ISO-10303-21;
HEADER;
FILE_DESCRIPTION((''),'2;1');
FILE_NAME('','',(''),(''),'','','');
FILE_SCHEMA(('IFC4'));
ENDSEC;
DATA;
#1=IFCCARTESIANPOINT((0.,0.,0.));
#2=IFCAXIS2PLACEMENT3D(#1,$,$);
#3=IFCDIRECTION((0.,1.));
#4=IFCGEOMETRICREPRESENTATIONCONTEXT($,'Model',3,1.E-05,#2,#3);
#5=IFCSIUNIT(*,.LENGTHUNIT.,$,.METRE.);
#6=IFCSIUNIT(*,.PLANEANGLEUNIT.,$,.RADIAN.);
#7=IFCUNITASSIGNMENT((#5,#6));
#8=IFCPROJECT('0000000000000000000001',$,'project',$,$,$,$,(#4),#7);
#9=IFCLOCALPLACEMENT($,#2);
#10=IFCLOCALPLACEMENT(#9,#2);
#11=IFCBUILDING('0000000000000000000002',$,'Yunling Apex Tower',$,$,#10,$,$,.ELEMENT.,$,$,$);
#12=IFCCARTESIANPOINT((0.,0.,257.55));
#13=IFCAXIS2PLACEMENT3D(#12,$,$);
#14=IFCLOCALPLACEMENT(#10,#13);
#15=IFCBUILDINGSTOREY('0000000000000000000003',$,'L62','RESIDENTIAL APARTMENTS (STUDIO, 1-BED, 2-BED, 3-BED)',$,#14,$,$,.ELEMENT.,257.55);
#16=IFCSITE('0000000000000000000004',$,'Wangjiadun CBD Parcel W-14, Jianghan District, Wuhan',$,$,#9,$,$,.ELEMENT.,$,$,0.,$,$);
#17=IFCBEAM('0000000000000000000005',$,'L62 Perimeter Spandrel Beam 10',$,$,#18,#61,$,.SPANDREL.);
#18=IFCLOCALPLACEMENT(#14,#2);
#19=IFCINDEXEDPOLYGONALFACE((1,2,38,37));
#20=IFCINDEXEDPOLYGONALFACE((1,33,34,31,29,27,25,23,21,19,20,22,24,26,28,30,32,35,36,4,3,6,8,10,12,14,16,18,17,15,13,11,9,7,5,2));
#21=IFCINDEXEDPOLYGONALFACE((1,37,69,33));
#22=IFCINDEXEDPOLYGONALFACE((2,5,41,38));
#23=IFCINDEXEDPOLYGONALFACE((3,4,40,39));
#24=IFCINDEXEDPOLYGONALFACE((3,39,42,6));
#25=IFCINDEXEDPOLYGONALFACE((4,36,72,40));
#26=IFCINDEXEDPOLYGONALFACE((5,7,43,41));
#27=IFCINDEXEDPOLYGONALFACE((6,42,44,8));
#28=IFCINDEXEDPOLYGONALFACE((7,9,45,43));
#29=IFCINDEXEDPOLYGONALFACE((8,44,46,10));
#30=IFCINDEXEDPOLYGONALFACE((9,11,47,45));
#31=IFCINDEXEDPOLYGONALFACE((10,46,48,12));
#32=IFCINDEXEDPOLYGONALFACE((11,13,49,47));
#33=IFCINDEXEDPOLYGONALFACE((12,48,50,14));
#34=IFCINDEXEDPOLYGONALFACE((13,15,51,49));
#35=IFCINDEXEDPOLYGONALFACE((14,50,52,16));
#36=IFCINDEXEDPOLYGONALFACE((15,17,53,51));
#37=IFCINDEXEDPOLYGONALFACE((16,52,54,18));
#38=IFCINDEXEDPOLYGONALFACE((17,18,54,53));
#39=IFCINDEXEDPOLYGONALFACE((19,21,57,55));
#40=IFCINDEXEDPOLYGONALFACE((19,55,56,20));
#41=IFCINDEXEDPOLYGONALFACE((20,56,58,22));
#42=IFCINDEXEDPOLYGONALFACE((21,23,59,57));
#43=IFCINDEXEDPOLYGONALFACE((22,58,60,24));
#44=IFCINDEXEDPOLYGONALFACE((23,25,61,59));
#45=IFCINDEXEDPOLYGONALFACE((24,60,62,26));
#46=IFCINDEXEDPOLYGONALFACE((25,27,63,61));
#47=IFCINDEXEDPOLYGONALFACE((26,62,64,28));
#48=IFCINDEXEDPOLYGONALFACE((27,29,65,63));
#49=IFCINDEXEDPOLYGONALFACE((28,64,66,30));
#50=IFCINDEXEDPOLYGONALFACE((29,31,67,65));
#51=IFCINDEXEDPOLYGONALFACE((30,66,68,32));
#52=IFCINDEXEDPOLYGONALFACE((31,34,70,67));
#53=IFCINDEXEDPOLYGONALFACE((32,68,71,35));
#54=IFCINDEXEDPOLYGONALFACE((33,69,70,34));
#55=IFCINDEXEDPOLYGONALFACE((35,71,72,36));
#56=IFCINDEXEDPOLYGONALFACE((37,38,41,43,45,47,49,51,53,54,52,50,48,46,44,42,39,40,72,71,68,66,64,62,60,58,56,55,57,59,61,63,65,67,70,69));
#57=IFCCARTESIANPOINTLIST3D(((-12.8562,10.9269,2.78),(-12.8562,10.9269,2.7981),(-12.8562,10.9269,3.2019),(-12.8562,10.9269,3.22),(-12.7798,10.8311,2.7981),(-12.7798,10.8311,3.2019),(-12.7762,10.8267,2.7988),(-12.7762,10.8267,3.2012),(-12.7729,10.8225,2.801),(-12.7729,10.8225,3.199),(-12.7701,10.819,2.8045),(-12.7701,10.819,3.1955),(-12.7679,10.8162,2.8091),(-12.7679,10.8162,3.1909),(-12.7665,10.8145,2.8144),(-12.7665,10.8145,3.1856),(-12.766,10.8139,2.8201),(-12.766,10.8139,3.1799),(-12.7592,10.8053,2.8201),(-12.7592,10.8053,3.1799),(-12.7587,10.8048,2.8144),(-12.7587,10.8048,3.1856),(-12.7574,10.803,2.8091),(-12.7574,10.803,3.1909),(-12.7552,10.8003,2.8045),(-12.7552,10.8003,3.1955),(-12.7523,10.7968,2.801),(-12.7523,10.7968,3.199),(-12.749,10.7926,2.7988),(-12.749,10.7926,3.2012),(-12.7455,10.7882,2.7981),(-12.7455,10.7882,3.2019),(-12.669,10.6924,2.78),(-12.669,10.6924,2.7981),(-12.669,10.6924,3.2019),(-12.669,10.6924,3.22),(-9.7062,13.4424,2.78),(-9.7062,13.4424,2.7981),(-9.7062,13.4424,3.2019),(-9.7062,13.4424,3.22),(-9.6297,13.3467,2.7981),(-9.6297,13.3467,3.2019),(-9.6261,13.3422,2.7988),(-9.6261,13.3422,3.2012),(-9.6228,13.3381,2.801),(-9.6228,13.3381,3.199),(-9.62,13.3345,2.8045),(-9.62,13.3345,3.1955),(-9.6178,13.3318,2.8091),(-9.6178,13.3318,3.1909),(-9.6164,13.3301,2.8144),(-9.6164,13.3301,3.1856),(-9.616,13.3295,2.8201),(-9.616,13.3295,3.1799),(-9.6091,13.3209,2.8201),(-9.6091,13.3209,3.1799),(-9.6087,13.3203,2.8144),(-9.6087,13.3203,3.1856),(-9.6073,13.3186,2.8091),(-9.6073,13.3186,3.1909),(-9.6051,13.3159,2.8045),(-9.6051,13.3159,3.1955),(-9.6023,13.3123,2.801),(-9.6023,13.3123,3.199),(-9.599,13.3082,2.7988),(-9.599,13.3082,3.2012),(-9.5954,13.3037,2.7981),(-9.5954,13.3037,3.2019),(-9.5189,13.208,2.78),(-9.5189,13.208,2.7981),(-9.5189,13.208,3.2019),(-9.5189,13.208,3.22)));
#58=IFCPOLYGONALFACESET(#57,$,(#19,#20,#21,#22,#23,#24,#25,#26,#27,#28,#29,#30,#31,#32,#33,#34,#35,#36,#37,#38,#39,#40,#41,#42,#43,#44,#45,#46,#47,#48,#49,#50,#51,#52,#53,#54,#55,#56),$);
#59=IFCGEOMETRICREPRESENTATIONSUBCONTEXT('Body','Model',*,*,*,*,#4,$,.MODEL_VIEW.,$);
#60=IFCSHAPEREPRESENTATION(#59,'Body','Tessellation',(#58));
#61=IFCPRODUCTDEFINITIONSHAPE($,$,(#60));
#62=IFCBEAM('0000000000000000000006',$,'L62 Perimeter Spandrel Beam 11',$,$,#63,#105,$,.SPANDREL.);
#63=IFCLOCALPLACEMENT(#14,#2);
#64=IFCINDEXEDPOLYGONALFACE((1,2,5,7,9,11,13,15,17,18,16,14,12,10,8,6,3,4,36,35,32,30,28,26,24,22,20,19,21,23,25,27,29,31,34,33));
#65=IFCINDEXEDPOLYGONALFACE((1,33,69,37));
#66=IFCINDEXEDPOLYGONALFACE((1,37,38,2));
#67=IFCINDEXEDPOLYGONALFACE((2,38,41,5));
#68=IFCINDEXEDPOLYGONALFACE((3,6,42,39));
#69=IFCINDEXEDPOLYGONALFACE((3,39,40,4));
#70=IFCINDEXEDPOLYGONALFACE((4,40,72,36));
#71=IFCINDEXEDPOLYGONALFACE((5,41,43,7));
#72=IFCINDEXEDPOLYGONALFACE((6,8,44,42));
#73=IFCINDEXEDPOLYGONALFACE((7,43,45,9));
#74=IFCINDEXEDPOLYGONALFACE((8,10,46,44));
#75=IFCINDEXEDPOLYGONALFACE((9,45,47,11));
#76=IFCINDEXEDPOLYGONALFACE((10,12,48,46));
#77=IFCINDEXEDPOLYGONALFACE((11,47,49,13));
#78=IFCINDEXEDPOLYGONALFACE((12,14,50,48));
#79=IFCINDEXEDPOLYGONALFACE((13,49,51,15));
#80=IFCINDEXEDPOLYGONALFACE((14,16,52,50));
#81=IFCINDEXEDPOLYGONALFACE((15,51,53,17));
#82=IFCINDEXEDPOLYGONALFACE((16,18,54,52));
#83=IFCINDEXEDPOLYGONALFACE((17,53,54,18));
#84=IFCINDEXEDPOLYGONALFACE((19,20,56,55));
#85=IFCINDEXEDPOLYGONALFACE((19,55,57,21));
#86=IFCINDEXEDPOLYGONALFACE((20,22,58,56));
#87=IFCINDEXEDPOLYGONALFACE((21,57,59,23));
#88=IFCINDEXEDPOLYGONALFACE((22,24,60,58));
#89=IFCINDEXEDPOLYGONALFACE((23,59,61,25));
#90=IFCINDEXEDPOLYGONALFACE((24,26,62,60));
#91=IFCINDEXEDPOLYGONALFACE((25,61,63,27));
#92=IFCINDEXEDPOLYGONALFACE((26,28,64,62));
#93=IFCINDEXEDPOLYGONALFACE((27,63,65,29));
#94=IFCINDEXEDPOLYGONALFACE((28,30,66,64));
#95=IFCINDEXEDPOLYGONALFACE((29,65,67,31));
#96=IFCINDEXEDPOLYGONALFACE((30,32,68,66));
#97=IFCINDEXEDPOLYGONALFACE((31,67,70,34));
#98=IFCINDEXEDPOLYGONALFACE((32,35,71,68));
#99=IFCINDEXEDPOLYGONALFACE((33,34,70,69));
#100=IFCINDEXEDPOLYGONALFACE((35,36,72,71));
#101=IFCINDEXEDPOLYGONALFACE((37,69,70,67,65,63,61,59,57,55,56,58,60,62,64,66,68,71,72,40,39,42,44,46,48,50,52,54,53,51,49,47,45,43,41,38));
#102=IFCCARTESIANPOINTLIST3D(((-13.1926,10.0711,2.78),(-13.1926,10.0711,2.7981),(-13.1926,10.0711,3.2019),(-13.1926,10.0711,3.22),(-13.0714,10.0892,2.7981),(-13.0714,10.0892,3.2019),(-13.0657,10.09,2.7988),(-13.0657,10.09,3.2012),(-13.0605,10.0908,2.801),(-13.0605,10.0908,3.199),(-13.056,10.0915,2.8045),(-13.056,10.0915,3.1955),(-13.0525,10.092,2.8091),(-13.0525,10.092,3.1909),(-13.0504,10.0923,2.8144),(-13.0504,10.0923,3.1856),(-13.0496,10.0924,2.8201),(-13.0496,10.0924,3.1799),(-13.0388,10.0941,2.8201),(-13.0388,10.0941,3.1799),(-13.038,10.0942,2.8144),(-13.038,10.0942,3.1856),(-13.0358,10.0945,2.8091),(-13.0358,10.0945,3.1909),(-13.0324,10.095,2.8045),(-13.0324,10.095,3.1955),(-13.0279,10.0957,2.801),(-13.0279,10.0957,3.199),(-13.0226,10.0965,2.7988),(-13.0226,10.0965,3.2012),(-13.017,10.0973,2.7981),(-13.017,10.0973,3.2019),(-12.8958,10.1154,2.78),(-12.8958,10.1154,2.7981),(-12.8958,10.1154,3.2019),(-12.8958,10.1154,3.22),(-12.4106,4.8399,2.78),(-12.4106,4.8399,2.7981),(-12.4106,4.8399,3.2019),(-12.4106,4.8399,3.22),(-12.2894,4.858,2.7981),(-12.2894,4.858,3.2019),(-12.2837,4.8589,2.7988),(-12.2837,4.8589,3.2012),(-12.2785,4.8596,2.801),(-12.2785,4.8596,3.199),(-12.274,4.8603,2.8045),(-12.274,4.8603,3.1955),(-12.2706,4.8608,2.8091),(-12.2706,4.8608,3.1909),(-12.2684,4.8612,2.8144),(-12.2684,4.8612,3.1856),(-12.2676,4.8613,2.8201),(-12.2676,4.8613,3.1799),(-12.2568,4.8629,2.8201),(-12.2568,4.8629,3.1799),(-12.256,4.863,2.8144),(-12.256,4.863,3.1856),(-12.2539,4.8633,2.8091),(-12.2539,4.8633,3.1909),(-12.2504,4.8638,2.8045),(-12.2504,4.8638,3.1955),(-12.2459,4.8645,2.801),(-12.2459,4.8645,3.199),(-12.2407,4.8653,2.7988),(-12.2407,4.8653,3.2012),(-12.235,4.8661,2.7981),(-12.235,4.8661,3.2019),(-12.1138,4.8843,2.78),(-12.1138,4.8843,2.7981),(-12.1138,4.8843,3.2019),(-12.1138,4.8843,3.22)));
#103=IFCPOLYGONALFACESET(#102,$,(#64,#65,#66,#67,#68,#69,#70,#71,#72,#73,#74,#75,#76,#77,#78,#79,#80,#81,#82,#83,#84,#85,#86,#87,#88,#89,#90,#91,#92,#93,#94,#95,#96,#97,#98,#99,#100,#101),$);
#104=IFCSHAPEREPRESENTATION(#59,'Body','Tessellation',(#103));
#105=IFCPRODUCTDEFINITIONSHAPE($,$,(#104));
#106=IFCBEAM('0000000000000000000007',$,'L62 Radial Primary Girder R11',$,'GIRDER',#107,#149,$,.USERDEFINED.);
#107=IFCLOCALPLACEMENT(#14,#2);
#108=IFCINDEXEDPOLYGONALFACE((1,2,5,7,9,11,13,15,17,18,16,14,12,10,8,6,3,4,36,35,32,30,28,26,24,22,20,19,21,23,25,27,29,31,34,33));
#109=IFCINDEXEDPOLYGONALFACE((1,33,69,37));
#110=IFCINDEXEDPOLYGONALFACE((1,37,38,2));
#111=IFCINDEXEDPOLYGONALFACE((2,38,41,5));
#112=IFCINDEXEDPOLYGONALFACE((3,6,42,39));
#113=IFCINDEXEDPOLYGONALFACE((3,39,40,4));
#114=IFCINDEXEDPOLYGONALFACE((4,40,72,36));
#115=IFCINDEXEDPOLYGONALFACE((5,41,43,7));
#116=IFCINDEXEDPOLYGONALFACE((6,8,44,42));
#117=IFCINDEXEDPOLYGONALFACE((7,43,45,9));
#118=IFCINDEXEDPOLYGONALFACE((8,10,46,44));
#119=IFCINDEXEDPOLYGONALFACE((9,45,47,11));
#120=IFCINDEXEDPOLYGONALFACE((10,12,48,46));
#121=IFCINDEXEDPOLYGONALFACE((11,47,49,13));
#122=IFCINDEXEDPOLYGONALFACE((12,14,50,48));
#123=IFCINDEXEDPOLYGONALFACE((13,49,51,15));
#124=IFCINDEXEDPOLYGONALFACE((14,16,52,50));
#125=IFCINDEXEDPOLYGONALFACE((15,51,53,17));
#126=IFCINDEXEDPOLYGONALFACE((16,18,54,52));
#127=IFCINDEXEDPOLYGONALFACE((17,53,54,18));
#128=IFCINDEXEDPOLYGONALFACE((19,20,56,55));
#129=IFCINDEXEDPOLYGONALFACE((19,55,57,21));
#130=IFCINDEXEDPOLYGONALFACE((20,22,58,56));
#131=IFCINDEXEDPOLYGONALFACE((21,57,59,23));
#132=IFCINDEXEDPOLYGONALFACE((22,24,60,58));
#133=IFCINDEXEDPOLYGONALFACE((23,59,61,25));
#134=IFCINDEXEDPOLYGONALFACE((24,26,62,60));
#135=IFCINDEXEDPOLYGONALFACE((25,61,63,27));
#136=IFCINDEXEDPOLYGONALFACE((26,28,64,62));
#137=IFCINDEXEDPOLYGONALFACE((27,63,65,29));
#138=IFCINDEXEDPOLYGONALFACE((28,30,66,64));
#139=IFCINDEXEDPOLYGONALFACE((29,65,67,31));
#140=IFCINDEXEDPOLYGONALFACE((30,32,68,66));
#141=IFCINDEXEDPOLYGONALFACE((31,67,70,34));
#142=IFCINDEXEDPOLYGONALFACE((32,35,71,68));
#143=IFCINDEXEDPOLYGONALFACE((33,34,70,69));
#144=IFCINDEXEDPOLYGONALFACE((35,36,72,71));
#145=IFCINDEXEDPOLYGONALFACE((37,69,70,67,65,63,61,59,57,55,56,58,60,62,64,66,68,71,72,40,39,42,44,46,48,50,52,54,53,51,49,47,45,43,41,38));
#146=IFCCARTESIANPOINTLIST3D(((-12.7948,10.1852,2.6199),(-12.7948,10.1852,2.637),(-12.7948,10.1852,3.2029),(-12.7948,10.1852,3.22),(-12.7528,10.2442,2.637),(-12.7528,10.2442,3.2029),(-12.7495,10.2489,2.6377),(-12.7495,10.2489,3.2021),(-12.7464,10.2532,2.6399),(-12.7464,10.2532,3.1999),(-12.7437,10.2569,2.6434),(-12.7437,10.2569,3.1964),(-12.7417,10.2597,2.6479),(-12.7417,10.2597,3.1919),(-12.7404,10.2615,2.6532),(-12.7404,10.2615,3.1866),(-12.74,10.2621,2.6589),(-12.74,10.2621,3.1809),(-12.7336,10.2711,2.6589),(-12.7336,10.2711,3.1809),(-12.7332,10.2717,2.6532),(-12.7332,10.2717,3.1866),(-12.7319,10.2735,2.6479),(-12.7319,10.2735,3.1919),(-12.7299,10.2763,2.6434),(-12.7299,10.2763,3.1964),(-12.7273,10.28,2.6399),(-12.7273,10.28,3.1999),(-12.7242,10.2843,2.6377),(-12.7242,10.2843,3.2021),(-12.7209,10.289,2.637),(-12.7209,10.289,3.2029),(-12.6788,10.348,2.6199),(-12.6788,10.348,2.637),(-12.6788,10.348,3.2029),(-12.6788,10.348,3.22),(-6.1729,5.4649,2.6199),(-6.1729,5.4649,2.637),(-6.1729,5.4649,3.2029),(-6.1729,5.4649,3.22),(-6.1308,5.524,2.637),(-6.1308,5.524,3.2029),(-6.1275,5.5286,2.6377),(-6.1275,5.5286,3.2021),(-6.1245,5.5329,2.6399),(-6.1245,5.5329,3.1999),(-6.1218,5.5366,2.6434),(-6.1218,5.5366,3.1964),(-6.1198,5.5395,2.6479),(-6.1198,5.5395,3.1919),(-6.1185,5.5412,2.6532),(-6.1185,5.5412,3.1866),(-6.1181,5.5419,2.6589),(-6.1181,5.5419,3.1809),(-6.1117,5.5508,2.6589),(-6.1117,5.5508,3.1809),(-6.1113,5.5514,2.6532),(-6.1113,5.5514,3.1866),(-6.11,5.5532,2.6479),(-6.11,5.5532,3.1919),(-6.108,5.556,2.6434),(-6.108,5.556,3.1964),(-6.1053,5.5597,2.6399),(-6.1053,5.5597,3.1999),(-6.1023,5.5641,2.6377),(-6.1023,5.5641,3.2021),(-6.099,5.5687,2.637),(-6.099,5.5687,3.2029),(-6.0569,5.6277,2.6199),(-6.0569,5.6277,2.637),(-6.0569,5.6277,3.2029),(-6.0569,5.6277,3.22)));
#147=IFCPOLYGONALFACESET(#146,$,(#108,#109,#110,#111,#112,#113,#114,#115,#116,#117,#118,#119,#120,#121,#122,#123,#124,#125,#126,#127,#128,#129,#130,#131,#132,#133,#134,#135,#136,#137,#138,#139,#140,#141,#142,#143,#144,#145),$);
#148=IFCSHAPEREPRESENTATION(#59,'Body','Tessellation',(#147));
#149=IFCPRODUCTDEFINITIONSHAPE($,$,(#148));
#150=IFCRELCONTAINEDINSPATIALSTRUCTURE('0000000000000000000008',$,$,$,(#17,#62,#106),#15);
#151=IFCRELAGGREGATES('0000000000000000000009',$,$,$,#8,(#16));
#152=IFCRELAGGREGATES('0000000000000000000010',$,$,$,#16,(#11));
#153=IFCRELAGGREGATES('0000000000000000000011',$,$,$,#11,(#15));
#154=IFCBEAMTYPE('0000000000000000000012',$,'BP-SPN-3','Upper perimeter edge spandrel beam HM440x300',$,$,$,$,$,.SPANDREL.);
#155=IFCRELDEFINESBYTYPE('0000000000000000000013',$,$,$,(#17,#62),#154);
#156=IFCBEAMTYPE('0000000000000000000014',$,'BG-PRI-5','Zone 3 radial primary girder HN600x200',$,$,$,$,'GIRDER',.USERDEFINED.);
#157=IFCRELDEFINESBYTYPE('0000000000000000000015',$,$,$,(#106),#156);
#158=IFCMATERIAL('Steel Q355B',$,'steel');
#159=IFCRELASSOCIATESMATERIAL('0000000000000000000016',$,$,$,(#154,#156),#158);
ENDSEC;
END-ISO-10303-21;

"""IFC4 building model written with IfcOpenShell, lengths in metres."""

from ifc_helpers import new_model, si_unit, direction, frame, origin, origin_2d, place, context, subcontext, project, spatial, i_section, extrude, source, transform, mapped, material, material_profile, profile_set, type_object, element, save


model = new_model("IFC4")

# Units and contexts
model_context = context("Model", 3, precision=1e-05, world=origin(), true_north=direction((0.0, 1.0)))
body_context = subcontext(model_context, "Body", "Model", "MODEL_VIEW")
ifc_project = project(units=[si_unit("LENGTHUNIT", "METRE"), si_unit("PLANEANGLEUNIT", "RADIAN")], contexts=[model_context])

# Site, building, storey
site_placement = place(None, origin())
site = spatial("IfcSite", under=ifc_project, at=site_placement, Name="Wangjiadun CBD Parcel W-14, Jianghan District, Wuhan", CompositionType="ELEMENT", RefElevation=0.0)
building_placement = place(site_placement, origin())
building = spatial("IfcBuilding", under=site, at=building_placement, Name="Yunling Apex Tower", CompositionType="ELEMENT")
storey_placement = place(building_placement, frame((0.0, 0.0, 257.55)))
storey = spatial("IfcBuildingStorey", under=building, at=storey_placement, Name="L62", Description="RESIDENTIAL APARTMENTS (STUDIO, 1-BED, 2-BED, 3-BED)", CompositionType="ELEMENT", Elevation=257.55)

# Shared definitions
ifc_material_1 = material(Name="Steel Q355B", Category="steel")

# Beams
ifc_material_profile_1 = material_profile(ifc_material_1, i_section(OverallWidth=0.3, OverallDepth=0.4399, WebThickness=0.011, FlangeThickness=0.0181, FilletRadius=0.022, at=origin_2d()))
ifc_profile_set_1 = profile_set([ifc_material_profile_1], Name="Steel Q355B")
beam_type_1 = type_object("IfcBeamType", Name="BP-SPN-3", Description="Upper perimeter edge spandrel beam HM440x300", PredefinedType="SPANDREL", material=ifc_profile_set_1)
shared_shape_1 = source(origin(), body_context, "Body", "SweptSolid", [
    extrude(i_section(OverallWidth=0.3, OverallDepth=0.4399, WebThickness=0.011, FlangeThickness=0.0181, FilletRadius=0.022, at=origin_2d()), origin(), (0.0, 0.0, 1.0), 4.0312),
])
beam_1_placement = place(storey_placement, frame((-9.6125, 13.3252, 3.0), z_axis=(-0.781412, -0.624015, 0.0), x_axis=(0.624015, -0.781412, 0.0)))
element("IfcBeam", 1, at=beam_1_placement, inside=storey, type_object=beam_type_1, Name="L62 Perimeter Spandrel Beam 10", PredefinedType="SPANDREL", context=body_context, shape_type="MappedRepresentation", body=[
    mapped(shared_shape_1, transform((0.0, 0.0, 0.0), scale=1.0)),
])
shared_shape_2 = source(origin(), body_context, "Body", "SweptSolid", [
    extrude(i_section(OverallWidth=0.3, OverallDepth=0.4399, WebThickness=0.011, FlangeThickness=0.0181, FilletRadius=0.022, at=origin_2d()), origin(), (0.0, 0.0, 1.0), 5.2893),
])
beam_2_placement = place(storey_placement, frame((-13.0442, 10.0933, 3.0), z_axis=(0.147842, -0.989011, 0.0), x_axis=(0.989011, 0.147842, 0.0)))
element("IfcBeam", 2, at=beam_2_placement, inside=storey, type_object=beam_type_1, Name="L62 Perimeter Spandrel Beam 11", PredefinedType="SPANDREL", context=body_context, shape_type="MappedRepresentation", body=[
    mapped(shared_shape_2, transform((0.0, 0.0, 0.0), scale=1.0)),
])
ifc_material_profile_2 = material_profile(ifc_material_1, i_section(OverallWidth=0.2, OverallDepth=0.6001, WebThickness=0.011, FlangeThickness=0.0171, FilletRadius=0.022, at=origin_2d()))
ifc_profile_set_2 = profile_set([ifc_material_profile_2], Name="Steel Q355B")
beam_type_2 = type_object("IfcBeamType", Name="BG-PRI-5", Description="Zone 3 radial primary girder HN600x200", ElementType="GIRDER", PredefinedType="USERDEFINED", material=ifc_profile_set_2)
shared_shape_3 = source(origin(), body_context, "Body", "SweptSolid", [
    extrude(i_section(OverallWidth=0.2, OverallDepth=0.6001, WebThickness=0.011, FlangeThickness=0.0171, FilletRadius=0.022, at=origin_2d()), origin(), (0.0, 0.0, 1.0), 8.1321),
])
beam_3_placement = place(storey_placement, frame((-12.7368, 10.2666, 2.9199), z_axis=(0.814295, -0.580451, 0.0), x_axis=(0.580451, 0.814295, 0.0)))
element("IfcBeam", 3, at=beam_3_placement, inside=storey, type_object=beam_type_2, Name="L62 Radial Primary Girder R11", ObjectType="GIRDER", PredefinedType="USERDEFINED", context=body_context, shape_type="MappedRepresentation", body=[
    mapped(shared_shape_3, transform((0.0, 0.0, 0.0), scale=1.0)),
])

save(model, "model.ifc")
